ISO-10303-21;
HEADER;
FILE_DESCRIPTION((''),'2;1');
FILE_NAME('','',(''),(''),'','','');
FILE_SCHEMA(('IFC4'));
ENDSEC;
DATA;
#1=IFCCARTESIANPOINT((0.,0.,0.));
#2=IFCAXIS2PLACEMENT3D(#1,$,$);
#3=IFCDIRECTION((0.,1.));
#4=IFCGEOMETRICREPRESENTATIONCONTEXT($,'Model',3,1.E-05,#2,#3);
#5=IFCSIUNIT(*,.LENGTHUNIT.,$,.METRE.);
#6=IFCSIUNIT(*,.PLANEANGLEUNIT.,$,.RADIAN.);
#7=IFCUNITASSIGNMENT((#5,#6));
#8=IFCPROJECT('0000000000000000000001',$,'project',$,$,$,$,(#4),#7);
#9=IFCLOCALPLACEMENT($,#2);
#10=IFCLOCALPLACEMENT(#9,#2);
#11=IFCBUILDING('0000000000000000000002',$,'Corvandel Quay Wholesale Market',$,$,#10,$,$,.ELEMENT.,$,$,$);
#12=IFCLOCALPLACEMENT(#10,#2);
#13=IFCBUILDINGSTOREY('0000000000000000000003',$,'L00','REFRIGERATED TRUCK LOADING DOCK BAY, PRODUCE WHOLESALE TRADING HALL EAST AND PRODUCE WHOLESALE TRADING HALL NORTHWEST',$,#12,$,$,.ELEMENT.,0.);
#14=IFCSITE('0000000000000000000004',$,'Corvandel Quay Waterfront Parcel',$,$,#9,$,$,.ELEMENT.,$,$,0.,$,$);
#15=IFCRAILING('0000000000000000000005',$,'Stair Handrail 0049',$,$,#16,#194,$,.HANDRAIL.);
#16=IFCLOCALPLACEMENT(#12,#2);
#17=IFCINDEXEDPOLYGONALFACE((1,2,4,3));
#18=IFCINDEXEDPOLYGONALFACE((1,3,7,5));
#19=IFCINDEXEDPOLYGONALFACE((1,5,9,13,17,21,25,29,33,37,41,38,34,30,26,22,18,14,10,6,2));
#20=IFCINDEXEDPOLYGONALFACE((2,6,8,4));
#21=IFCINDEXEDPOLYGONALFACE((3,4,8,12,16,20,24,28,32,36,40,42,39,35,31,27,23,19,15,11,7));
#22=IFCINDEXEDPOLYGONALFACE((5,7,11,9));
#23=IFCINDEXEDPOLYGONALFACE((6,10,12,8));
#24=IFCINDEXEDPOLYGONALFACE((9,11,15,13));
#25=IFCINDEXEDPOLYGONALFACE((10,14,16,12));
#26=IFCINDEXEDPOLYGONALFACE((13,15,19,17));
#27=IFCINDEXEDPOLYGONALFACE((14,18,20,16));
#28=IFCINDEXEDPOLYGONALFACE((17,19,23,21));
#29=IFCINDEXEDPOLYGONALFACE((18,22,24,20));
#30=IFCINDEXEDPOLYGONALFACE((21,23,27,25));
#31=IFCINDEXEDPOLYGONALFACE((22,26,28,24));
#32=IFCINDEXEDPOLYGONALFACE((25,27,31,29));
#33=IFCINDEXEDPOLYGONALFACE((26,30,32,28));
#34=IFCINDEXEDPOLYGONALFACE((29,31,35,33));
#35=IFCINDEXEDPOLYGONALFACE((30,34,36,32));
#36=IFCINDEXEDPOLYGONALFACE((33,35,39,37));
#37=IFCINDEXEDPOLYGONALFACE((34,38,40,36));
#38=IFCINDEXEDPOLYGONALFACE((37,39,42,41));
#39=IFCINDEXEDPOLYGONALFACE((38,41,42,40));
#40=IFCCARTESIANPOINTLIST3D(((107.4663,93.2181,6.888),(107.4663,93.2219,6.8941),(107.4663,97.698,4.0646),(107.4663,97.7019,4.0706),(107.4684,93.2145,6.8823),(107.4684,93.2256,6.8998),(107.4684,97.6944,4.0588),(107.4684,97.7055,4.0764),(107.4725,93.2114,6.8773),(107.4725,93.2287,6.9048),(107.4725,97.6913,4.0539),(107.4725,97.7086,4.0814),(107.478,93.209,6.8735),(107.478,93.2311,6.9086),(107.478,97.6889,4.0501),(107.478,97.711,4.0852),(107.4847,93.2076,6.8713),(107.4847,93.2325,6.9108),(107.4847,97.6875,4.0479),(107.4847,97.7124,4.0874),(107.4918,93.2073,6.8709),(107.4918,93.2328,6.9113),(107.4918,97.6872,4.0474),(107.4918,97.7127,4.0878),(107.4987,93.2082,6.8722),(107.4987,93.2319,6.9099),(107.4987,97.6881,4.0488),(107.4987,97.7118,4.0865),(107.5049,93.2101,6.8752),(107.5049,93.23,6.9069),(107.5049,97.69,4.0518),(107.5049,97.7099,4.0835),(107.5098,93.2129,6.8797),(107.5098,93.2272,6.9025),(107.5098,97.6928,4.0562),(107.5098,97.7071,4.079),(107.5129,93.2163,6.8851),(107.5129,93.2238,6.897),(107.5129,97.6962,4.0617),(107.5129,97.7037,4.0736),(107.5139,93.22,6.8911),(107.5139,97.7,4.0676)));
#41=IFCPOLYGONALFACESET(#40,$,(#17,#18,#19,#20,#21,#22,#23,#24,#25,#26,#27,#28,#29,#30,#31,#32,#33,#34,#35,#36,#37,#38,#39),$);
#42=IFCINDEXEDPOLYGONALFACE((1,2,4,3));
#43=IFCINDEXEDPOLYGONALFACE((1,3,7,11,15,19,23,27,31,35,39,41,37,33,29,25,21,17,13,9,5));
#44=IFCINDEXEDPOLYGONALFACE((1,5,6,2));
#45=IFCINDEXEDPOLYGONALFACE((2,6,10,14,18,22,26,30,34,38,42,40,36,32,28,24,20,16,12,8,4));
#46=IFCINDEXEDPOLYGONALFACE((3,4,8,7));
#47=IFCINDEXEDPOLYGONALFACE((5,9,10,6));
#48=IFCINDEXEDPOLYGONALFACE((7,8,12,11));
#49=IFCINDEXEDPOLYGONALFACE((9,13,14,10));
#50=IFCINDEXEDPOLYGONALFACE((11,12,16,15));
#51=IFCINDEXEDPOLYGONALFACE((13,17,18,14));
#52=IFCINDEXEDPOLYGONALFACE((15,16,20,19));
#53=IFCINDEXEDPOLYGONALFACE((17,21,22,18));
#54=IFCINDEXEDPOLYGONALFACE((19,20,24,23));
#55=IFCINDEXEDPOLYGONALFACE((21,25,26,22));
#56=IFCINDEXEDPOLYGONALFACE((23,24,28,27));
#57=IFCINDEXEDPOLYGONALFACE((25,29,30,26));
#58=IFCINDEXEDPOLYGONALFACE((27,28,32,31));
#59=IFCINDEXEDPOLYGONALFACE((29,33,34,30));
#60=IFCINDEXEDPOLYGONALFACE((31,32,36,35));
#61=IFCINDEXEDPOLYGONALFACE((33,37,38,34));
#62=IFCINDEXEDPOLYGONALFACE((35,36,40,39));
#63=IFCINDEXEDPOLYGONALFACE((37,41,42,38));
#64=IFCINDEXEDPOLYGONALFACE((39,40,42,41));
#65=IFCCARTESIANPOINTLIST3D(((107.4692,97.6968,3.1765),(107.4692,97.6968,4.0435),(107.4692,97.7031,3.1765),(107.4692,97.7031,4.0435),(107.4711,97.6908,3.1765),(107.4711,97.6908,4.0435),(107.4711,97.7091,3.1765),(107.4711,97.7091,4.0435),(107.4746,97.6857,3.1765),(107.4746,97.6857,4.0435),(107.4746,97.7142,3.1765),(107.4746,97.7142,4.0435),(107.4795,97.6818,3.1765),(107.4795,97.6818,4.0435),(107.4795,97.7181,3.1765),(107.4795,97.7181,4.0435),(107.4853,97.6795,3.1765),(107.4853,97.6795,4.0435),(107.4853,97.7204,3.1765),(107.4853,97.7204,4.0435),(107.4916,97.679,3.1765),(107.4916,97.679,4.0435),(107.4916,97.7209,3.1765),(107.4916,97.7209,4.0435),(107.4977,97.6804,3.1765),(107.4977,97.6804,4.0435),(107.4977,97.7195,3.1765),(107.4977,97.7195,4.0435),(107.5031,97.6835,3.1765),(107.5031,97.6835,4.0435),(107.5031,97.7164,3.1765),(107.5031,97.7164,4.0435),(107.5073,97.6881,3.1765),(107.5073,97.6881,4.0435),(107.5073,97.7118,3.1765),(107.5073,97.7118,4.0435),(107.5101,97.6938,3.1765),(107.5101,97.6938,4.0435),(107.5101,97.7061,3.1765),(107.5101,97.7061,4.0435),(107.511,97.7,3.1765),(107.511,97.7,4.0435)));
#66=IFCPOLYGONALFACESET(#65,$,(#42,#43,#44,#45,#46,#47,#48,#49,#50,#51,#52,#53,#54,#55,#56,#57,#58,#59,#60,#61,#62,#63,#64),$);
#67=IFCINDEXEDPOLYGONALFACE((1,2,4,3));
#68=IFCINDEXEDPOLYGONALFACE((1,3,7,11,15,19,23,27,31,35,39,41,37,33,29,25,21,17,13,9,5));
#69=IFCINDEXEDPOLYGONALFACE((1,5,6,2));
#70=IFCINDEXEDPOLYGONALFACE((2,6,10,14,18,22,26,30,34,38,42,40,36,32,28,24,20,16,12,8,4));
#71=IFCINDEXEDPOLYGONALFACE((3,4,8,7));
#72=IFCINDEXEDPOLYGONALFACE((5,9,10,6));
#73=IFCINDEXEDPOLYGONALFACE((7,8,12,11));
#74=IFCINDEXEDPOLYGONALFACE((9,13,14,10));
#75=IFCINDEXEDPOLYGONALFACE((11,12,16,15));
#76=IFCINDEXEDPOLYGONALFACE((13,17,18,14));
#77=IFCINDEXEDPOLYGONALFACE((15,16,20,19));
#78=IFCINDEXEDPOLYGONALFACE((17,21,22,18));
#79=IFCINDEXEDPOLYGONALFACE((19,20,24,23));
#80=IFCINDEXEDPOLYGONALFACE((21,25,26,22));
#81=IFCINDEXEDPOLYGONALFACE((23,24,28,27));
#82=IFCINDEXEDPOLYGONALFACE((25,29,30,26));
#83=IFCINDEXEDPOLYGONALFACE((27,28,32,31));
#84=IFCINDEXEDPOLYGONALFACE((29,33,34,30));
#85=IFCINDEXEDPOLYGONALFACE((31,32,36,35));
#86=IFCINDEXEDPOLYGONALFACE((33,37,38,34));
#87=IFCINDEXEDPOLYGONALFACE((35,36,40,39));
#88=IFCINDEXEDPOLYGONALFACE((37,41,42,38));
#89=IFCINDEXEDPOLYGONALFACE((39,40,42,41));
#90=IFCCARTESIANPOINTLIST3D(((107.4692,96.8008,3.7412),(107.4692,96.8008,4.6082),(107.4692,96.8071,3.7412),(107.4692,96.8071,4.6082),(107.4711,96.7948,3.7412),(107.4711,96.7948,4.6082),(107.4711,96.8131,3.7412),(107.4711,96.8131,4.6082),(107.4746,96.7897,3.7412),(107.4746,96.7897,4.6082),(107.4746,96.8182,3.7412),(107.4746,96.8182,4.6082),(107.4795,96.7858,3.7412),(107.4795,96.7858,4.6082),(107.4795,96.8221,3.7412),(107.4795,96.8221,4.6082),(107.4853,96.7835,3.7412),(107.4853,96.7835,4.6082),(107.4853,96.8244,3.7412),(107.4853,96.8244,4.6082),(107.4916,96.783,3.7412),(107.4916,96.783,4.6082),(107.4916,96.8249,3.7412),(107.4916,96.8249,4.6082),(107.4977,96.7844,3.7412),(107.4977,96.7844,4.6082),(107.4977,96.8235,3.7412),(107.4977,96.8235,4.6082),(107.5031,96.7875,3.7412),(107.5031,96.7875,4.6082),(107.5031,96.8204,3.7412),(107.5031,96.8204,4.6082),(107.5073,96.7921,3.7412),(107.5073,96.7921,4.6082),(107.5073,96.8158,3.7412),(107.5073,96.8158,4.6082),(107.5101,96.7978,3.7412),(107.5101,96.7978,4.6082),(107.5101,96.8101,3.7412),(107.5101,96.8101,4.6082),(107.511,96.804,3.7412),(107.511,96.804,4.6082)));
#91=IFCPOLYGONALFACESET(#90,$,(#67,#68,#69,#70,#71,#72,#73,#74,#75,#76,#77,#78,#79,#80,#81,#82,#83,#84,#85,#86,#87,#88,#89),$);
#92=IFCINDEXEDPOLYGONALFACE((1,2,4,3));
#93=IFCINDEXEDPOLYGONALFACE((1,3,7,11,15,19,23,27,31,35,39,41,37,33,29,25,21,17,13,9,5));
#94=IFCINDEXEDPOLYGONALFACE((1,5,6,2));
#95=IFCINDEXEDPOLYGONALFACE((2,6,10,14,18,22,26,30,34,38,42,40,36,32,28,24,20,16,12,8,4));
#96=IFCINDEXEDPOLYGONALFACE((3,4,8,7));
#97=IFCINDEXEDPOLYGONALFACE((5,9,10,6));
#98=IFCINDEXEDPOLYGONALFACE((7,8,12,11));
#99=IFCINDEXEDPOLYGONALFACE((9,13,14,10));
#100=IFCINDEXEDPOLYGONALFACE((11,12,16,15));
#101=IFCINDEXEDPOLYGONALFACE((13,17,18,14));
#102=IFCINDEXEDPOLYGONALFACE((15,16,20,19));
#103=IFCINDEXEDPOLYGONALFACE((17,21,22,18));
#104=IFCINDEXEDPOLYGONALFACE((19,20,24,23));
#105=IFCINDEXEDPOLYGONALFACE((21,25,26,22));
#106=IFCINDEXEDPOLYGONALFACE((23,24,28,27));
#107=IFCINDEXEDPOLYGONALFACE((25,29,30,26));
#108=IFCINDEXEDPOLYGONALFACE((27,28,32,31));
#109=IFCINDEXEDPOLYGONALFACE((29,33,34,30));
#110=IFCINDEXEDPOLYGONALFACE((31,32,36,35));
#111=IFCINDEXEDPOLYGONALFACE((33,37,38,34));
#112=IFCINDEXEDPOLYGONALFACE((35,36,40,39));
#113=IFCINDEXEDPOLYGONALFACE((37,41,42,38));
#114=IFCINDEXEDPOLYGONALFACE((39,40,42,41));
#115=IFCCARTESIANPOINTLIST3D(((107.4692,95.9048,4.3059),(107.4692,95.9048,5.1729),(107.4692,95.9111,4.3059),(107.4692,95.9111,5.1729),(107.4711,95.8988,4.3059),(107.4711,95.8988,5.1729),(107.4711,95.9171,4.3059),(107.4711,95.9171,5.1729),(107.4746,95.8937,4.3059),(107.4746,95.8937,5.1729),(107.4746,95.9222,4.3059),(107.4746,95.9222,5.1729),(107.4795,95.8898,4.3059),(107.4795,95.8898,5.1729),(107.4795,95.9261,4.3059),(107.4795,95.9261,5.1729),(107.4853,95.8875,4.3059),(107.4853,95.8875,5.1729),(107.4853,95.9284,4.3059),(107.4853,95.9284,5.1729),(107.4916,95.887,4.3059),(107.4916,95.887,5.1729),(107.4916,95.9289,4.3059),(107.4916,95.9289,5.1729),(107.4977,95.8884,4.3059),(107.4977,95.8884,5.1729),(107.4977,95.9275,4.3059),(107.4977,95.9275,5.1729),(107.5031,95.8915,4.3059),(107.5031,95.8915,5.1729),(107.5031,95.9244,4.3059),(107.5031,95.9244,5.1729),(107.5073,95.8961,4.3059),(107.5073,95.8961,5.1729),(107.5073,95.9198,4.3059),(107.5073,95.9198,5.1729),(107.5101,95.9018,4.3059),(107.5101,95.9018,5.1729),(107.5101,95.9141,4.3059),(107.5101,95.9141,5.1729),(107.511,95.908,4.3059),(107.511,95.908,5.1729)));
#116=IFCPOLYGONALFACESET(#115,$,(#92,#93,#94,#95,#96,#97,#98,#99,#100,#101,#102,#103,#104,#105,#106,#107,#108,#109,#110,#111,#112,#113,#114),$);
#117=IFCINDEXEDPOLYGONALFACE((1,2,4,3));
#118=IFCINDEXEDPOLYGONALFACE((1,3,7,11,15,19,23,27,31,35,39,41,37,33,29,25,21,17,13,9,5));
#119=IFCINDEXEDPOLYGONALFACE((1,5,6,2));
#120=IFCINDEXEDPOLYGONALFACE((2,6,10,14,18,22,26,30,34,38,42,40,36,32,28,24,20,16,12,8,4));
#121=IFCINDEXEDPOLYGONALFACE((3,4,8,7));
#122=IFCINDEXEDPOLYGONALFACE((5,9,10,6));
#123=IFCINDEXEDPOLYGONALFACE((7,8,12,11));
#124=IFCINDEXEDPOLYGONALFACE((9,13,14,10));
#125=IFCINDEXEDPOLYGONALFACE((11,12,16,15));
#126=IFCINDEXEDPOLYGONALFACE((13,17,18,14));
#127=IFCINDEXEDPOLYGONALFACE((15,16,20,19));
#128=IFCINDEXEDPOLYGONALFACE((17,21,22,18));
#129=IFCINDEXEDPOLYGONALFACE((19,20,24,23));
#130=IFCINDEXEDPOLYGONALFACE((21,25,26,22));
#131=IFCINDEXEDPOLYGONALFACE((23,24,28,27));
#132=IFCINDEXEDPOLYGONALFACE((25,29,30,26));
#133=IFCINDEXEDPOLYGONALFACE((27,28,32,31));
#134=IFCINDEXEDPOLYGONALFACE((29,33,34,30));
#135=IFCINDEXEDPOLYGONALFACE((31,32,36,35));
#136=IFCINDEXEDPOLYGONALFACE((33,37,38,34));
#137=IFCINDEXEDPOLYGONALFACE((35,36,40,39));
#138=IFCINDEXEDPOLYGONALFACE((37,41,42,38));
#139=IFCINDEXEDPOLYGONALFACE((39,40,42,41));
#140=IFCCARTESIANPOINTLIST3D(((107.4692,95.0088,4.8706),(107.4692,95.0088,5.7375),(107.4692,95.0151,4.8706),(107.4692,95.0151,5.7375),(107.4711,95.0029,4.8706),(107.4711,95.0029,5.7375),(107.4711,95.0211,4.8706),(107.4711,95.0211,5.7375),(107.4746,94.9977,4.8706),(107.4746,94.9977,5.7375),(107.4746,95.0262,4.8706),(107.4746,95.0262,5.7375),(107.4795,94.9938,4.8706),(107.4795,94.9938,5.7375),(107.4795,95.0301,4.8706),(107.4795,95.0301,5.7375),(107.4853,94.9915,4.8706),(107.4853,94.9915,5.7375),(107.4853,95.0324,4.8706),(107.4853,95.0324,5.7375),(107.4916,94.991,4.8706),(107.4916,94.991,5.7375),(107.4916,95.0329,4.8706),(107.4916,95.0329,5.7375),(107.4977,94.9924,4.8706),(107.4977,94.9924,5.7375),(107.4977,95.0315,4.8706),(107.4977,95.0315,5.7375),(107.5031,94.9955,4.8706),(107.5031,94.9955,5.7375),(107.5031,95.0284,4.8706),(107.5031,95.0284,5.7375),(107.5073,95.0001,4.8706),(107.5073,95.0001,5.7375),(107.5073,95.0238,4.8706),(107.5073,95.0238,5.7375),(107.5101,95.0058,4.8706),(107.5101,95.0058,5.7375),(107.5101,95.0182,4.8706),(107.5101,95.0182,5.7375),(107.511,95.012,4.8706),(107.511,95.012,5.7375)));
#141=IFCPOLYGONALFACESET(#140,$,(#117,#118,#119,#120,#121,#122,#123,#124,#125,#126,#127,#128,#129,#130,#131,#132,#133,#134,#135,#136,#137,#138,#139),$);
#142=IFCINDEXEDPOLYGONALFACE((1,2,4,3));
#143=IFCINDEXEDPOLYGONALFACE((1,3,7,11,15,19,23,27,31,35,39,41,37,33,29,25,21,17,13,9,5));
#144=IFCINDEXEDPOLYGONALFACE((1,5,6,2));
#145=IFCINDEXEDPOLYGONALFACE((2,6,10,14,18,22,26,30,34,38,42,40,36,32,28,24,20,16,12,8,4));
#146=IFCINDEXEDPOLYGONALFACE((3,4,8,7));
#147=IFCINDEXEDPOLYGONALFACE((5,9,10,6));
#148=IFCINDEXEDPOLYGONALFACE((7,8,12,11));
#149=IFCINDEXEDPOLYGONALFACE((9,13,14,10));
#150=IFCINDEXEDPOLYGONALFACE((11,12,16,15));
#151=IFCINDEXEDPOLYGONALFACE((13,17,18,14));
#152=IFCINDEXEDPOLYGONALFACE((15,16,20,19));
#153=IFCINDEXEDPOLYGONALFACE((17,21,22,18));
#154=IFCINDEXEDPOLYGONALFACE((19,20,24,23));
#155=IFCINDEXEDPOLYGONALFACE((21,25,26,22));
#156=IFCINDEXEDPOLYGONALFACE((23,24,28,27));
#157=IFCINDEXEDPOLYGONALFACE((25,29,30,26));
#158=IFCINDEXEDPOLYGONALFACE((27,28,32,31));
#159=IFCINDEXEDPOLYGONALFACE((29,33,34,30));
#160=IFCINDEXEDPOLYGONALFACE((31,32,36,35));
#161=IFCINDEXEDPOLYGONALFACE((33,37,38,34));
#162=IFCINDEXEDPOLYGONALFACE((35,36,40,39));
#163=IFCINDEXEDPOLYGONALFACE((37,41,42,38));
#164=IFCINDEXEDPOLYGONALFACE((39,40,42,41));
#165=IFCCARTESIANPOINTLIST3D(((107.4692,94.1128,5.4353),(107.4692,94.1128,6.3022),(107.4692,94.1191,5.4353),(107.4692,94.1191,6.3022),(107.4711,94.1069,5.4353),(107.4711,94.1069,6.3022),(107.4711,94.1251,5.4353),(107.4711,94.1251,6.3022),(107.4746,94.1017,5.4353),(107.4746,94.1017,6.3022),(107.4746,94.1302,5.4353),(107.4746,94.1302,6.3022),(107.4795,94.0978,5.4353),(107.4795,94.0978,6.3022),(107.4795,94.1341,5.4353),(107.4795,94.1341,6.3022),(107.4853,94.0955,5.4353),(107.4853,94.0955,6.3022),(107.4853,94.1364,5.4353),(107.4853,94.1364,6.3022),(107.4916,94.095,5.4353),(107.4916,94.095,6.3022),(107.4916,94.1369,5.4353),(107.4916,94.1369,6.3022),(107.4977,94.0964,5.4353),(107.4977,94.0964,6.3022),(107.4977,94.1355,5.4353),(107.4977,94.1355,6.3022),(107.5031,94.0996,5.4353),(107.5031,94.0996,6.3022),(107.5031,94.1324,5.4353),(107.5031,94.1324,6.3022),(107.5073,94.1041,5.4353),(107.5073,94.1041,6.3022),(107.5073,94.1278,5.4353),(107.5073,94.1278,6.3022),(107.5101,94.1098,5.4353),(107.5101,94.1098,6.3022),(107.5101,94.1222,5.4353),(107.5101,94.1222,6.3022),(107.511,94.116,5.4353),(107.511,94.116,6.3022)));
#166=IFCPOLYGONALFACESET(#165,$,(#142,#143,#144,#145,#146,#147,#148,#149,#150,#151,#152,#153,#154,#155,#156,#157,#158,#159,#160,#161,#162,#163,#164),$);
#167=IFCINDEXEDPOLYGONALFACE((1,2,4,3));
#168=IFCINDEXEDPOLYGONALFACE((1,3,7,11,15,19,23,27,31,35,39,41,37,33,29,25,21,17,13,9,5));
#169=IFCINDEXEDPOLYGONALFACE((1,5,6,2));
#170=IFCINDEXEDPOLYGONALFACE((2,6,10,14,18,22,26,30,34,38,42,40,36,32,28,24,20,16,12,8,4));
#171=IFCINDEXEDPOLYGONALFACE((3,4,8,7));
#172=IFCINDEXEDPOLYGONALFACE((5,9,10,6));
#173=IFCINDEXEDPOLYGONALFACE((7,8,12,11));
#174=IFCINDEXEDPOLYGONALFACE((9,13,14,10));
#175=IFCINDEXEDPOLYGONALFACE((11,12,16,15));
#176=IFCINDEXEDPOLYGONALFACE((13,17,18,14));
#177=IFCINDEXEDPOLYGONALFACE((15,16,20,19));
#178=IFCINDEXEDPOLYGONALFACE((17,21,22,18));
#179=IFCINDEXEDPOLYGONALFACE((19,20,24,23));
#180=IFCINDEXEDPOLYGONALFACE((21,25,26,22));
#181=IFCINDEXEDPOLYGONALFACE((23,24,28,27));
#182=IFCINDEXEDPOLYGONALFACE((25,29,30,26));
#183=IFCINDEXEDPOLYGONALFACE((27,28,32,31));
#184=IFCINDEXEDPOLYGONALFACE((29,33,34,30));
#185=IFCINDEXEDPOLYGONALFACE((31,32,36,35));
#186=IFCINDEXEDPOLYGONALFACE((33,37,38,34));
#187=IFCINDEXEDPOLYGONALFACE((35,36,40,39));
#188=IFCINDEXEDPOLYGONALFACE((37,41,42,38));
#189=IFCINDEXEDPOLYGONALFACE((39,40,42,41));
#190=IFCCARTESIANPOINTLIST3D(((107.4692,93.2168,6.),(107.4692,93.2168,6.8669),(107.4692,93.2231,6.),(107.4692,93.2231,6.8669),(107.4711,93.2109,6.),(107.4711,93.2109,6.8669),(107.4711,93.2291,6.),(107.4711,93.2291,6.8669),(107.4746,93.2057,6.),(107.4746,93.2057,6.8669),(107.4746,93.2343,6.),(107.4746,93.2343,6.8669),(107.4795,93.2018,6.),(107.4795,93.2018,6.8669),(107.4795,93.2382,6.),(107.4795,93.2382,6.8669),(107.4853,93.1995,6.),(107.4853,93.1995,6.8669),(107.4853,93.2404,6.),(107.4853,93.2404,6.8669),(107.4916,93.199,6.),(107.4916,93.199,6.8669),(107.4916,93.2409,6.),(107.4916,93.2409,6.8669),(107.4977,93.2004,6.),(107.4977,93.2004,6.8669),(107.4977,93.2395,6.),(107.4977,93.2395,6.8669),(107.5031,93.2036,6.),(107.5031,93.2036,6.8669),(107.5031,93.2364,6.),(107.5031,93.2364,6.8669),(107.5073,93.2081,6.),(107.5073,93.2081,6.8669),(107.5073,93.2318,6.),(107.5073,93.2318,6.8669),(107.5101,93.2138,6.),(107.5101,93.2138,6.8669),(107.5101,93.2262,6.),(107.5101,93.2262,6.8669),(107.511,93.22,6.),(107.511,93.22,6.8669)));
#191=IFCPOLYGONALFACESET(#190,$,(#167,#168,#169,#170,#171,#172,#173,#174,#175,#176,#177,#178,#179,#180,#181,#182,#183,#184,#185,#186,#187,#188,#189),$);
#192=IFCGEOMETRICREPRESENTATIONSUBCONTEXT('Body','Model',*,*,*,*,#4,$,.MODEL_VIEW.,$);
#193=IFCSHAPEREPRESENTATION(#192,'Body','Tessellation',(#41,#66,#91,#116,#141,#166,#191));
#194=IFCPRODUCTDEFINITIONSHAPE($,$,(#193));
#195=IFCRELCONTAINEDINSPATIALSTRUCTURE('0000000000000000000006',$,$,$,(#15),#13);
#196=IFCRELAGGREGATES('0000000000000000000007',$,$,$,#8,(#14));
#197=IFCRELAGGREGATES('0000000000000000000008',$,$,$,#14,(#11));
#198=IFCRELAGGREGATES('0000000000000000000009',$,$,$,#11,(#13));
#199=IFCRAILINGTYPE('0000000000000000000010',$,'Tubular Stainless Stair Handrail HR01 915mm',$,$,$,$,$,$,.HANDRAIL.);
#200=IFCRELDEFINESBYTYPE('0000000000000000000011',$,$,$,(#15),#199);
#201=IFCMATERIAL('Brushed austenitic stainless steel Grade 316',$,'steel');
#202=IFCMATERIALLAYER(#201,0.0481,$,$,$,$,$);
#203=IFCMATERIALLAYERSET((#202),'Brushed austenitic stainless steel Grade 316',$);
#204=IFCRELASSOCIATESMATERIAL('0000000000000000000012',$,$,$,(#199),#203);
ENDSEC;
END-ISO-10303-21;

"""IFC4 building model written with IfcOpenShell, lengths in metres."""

from ifc_helpers import new_model, si_unit, direction, frame, origin, origin_2d, place, context, subcontext, project, spatial, circle, extrude, material, layer, layer_set, type_object, element, save


model = new_model("IFC4")

# Units and contexts
model_context = context("Model", 3, precision=1e-05, world=origin(), true_north=direction((0.0, 1.0)))
body_context = subcontext(model_context, "Body", "Model", "MODEL_VIEW")
ifc_project = project(units=[si_unit("LENGTHUNIT", "METRE"), si_unit("PLANEANGLEUNIT", "RADIAN")], contexts=[model_context])

# Site, building, storey
site_placement = place(None, origin())
site = spatial("IfcSite", under=ifc_project, at=site_placement, Name="Corvandel Quay Waterfront Parcel", CompositionType="ELEMENT", RefElevation=0.0)
building_placement = place(site_placement, origin())
building = spatial("IfcBuilding", under=site, at=building_placement, Name="Corvandel Quay Wholesale Market", CompositionType="ELEMENT")
storey_placement = place(building_placement, origin())
storey = spatial("IfcBuildingStorey", under=building, at=storey_placement, Name="L00", Description="REFRIGERATED TRUCK LOADING DOCK BAY, PRODUCE WHOLESALE TRADING HALL EAST AND PRODUCE WHOLESALE TRADING HALL NORTHWEST", CompositionType="ELEMENT", Elevation=0.0)

# Railing
ifc_material_1 = material(Name="Brushed austenitic stainless steel Grade 316", Category="steel")
ifc_layer_1 = layer(ifc_material_1, 0.0481)
ifc_layer_set_1 = layer_set([ifc_layer_1], Name="Brushed austenitic stainless steel Grade 316")
railing_type_1 = type_object("IfcRailingType", Name="Tubular Stainless Stair Handrail HR01 915mm", PredefinedType="HANDRAIL", material=ifc_layer_set_1)
for number, where, name in (
    (1, (107.49, 97.7, 3.1765), "Stair Handrail 0049"),
):
    element("IfcRailing", number, at=place(storey_placement, frame(where)), inside=storey, type_object=railing_type_1, Name=name, PredefinedType="HANDRAIL", context=body_context, shape_type="SweptSolid", body=[
        extrude(circle(Radius=0.0239, at=origin_2d()), frame((0.0, 0.0, 0.8911), z_axis=(0.0, -0.845998, 0.533186), x_axis=(1.0, 0.0, 0.0)), (0.0, 0.0, 1.0), 5.2954),
        extrude(circle(Radius=0.021, at=origin_2d()), origin(), (0.0, 0.0, 1.0), 0.8669),
        extrude(circle(Radius=0.021, at=origin_2d()), frame((0.0, -0.896, 0.5647)), (0.0, 0.0, 1.0), 0.8669),
        extrude(circle(Radius=0.021, at=origin_2d()), frame((0.0, -1.792, 1.1294)), (0.0, 0.0, 1.0), 0.8669),
        extrude(circle(Radius=0.021, at=origin_2d()), frame((0.0, -2.688, 1.6941)), (0.0, 0.0, 1.0), 0.8669),
        extrude(circle(Radius=0.021, at=origin_2d()), frame((0.0, -3.584, 2.2588)), (0.0, 0.0, 1.0), 0.8669),
        extrude(circle(Radius=0.021, at=origin_2d()), frame((0.0, -4.48, 2.8235)), (0.0, 0.0, 1.0), 0.8669),
    ])

save(model, "model.ifc")
